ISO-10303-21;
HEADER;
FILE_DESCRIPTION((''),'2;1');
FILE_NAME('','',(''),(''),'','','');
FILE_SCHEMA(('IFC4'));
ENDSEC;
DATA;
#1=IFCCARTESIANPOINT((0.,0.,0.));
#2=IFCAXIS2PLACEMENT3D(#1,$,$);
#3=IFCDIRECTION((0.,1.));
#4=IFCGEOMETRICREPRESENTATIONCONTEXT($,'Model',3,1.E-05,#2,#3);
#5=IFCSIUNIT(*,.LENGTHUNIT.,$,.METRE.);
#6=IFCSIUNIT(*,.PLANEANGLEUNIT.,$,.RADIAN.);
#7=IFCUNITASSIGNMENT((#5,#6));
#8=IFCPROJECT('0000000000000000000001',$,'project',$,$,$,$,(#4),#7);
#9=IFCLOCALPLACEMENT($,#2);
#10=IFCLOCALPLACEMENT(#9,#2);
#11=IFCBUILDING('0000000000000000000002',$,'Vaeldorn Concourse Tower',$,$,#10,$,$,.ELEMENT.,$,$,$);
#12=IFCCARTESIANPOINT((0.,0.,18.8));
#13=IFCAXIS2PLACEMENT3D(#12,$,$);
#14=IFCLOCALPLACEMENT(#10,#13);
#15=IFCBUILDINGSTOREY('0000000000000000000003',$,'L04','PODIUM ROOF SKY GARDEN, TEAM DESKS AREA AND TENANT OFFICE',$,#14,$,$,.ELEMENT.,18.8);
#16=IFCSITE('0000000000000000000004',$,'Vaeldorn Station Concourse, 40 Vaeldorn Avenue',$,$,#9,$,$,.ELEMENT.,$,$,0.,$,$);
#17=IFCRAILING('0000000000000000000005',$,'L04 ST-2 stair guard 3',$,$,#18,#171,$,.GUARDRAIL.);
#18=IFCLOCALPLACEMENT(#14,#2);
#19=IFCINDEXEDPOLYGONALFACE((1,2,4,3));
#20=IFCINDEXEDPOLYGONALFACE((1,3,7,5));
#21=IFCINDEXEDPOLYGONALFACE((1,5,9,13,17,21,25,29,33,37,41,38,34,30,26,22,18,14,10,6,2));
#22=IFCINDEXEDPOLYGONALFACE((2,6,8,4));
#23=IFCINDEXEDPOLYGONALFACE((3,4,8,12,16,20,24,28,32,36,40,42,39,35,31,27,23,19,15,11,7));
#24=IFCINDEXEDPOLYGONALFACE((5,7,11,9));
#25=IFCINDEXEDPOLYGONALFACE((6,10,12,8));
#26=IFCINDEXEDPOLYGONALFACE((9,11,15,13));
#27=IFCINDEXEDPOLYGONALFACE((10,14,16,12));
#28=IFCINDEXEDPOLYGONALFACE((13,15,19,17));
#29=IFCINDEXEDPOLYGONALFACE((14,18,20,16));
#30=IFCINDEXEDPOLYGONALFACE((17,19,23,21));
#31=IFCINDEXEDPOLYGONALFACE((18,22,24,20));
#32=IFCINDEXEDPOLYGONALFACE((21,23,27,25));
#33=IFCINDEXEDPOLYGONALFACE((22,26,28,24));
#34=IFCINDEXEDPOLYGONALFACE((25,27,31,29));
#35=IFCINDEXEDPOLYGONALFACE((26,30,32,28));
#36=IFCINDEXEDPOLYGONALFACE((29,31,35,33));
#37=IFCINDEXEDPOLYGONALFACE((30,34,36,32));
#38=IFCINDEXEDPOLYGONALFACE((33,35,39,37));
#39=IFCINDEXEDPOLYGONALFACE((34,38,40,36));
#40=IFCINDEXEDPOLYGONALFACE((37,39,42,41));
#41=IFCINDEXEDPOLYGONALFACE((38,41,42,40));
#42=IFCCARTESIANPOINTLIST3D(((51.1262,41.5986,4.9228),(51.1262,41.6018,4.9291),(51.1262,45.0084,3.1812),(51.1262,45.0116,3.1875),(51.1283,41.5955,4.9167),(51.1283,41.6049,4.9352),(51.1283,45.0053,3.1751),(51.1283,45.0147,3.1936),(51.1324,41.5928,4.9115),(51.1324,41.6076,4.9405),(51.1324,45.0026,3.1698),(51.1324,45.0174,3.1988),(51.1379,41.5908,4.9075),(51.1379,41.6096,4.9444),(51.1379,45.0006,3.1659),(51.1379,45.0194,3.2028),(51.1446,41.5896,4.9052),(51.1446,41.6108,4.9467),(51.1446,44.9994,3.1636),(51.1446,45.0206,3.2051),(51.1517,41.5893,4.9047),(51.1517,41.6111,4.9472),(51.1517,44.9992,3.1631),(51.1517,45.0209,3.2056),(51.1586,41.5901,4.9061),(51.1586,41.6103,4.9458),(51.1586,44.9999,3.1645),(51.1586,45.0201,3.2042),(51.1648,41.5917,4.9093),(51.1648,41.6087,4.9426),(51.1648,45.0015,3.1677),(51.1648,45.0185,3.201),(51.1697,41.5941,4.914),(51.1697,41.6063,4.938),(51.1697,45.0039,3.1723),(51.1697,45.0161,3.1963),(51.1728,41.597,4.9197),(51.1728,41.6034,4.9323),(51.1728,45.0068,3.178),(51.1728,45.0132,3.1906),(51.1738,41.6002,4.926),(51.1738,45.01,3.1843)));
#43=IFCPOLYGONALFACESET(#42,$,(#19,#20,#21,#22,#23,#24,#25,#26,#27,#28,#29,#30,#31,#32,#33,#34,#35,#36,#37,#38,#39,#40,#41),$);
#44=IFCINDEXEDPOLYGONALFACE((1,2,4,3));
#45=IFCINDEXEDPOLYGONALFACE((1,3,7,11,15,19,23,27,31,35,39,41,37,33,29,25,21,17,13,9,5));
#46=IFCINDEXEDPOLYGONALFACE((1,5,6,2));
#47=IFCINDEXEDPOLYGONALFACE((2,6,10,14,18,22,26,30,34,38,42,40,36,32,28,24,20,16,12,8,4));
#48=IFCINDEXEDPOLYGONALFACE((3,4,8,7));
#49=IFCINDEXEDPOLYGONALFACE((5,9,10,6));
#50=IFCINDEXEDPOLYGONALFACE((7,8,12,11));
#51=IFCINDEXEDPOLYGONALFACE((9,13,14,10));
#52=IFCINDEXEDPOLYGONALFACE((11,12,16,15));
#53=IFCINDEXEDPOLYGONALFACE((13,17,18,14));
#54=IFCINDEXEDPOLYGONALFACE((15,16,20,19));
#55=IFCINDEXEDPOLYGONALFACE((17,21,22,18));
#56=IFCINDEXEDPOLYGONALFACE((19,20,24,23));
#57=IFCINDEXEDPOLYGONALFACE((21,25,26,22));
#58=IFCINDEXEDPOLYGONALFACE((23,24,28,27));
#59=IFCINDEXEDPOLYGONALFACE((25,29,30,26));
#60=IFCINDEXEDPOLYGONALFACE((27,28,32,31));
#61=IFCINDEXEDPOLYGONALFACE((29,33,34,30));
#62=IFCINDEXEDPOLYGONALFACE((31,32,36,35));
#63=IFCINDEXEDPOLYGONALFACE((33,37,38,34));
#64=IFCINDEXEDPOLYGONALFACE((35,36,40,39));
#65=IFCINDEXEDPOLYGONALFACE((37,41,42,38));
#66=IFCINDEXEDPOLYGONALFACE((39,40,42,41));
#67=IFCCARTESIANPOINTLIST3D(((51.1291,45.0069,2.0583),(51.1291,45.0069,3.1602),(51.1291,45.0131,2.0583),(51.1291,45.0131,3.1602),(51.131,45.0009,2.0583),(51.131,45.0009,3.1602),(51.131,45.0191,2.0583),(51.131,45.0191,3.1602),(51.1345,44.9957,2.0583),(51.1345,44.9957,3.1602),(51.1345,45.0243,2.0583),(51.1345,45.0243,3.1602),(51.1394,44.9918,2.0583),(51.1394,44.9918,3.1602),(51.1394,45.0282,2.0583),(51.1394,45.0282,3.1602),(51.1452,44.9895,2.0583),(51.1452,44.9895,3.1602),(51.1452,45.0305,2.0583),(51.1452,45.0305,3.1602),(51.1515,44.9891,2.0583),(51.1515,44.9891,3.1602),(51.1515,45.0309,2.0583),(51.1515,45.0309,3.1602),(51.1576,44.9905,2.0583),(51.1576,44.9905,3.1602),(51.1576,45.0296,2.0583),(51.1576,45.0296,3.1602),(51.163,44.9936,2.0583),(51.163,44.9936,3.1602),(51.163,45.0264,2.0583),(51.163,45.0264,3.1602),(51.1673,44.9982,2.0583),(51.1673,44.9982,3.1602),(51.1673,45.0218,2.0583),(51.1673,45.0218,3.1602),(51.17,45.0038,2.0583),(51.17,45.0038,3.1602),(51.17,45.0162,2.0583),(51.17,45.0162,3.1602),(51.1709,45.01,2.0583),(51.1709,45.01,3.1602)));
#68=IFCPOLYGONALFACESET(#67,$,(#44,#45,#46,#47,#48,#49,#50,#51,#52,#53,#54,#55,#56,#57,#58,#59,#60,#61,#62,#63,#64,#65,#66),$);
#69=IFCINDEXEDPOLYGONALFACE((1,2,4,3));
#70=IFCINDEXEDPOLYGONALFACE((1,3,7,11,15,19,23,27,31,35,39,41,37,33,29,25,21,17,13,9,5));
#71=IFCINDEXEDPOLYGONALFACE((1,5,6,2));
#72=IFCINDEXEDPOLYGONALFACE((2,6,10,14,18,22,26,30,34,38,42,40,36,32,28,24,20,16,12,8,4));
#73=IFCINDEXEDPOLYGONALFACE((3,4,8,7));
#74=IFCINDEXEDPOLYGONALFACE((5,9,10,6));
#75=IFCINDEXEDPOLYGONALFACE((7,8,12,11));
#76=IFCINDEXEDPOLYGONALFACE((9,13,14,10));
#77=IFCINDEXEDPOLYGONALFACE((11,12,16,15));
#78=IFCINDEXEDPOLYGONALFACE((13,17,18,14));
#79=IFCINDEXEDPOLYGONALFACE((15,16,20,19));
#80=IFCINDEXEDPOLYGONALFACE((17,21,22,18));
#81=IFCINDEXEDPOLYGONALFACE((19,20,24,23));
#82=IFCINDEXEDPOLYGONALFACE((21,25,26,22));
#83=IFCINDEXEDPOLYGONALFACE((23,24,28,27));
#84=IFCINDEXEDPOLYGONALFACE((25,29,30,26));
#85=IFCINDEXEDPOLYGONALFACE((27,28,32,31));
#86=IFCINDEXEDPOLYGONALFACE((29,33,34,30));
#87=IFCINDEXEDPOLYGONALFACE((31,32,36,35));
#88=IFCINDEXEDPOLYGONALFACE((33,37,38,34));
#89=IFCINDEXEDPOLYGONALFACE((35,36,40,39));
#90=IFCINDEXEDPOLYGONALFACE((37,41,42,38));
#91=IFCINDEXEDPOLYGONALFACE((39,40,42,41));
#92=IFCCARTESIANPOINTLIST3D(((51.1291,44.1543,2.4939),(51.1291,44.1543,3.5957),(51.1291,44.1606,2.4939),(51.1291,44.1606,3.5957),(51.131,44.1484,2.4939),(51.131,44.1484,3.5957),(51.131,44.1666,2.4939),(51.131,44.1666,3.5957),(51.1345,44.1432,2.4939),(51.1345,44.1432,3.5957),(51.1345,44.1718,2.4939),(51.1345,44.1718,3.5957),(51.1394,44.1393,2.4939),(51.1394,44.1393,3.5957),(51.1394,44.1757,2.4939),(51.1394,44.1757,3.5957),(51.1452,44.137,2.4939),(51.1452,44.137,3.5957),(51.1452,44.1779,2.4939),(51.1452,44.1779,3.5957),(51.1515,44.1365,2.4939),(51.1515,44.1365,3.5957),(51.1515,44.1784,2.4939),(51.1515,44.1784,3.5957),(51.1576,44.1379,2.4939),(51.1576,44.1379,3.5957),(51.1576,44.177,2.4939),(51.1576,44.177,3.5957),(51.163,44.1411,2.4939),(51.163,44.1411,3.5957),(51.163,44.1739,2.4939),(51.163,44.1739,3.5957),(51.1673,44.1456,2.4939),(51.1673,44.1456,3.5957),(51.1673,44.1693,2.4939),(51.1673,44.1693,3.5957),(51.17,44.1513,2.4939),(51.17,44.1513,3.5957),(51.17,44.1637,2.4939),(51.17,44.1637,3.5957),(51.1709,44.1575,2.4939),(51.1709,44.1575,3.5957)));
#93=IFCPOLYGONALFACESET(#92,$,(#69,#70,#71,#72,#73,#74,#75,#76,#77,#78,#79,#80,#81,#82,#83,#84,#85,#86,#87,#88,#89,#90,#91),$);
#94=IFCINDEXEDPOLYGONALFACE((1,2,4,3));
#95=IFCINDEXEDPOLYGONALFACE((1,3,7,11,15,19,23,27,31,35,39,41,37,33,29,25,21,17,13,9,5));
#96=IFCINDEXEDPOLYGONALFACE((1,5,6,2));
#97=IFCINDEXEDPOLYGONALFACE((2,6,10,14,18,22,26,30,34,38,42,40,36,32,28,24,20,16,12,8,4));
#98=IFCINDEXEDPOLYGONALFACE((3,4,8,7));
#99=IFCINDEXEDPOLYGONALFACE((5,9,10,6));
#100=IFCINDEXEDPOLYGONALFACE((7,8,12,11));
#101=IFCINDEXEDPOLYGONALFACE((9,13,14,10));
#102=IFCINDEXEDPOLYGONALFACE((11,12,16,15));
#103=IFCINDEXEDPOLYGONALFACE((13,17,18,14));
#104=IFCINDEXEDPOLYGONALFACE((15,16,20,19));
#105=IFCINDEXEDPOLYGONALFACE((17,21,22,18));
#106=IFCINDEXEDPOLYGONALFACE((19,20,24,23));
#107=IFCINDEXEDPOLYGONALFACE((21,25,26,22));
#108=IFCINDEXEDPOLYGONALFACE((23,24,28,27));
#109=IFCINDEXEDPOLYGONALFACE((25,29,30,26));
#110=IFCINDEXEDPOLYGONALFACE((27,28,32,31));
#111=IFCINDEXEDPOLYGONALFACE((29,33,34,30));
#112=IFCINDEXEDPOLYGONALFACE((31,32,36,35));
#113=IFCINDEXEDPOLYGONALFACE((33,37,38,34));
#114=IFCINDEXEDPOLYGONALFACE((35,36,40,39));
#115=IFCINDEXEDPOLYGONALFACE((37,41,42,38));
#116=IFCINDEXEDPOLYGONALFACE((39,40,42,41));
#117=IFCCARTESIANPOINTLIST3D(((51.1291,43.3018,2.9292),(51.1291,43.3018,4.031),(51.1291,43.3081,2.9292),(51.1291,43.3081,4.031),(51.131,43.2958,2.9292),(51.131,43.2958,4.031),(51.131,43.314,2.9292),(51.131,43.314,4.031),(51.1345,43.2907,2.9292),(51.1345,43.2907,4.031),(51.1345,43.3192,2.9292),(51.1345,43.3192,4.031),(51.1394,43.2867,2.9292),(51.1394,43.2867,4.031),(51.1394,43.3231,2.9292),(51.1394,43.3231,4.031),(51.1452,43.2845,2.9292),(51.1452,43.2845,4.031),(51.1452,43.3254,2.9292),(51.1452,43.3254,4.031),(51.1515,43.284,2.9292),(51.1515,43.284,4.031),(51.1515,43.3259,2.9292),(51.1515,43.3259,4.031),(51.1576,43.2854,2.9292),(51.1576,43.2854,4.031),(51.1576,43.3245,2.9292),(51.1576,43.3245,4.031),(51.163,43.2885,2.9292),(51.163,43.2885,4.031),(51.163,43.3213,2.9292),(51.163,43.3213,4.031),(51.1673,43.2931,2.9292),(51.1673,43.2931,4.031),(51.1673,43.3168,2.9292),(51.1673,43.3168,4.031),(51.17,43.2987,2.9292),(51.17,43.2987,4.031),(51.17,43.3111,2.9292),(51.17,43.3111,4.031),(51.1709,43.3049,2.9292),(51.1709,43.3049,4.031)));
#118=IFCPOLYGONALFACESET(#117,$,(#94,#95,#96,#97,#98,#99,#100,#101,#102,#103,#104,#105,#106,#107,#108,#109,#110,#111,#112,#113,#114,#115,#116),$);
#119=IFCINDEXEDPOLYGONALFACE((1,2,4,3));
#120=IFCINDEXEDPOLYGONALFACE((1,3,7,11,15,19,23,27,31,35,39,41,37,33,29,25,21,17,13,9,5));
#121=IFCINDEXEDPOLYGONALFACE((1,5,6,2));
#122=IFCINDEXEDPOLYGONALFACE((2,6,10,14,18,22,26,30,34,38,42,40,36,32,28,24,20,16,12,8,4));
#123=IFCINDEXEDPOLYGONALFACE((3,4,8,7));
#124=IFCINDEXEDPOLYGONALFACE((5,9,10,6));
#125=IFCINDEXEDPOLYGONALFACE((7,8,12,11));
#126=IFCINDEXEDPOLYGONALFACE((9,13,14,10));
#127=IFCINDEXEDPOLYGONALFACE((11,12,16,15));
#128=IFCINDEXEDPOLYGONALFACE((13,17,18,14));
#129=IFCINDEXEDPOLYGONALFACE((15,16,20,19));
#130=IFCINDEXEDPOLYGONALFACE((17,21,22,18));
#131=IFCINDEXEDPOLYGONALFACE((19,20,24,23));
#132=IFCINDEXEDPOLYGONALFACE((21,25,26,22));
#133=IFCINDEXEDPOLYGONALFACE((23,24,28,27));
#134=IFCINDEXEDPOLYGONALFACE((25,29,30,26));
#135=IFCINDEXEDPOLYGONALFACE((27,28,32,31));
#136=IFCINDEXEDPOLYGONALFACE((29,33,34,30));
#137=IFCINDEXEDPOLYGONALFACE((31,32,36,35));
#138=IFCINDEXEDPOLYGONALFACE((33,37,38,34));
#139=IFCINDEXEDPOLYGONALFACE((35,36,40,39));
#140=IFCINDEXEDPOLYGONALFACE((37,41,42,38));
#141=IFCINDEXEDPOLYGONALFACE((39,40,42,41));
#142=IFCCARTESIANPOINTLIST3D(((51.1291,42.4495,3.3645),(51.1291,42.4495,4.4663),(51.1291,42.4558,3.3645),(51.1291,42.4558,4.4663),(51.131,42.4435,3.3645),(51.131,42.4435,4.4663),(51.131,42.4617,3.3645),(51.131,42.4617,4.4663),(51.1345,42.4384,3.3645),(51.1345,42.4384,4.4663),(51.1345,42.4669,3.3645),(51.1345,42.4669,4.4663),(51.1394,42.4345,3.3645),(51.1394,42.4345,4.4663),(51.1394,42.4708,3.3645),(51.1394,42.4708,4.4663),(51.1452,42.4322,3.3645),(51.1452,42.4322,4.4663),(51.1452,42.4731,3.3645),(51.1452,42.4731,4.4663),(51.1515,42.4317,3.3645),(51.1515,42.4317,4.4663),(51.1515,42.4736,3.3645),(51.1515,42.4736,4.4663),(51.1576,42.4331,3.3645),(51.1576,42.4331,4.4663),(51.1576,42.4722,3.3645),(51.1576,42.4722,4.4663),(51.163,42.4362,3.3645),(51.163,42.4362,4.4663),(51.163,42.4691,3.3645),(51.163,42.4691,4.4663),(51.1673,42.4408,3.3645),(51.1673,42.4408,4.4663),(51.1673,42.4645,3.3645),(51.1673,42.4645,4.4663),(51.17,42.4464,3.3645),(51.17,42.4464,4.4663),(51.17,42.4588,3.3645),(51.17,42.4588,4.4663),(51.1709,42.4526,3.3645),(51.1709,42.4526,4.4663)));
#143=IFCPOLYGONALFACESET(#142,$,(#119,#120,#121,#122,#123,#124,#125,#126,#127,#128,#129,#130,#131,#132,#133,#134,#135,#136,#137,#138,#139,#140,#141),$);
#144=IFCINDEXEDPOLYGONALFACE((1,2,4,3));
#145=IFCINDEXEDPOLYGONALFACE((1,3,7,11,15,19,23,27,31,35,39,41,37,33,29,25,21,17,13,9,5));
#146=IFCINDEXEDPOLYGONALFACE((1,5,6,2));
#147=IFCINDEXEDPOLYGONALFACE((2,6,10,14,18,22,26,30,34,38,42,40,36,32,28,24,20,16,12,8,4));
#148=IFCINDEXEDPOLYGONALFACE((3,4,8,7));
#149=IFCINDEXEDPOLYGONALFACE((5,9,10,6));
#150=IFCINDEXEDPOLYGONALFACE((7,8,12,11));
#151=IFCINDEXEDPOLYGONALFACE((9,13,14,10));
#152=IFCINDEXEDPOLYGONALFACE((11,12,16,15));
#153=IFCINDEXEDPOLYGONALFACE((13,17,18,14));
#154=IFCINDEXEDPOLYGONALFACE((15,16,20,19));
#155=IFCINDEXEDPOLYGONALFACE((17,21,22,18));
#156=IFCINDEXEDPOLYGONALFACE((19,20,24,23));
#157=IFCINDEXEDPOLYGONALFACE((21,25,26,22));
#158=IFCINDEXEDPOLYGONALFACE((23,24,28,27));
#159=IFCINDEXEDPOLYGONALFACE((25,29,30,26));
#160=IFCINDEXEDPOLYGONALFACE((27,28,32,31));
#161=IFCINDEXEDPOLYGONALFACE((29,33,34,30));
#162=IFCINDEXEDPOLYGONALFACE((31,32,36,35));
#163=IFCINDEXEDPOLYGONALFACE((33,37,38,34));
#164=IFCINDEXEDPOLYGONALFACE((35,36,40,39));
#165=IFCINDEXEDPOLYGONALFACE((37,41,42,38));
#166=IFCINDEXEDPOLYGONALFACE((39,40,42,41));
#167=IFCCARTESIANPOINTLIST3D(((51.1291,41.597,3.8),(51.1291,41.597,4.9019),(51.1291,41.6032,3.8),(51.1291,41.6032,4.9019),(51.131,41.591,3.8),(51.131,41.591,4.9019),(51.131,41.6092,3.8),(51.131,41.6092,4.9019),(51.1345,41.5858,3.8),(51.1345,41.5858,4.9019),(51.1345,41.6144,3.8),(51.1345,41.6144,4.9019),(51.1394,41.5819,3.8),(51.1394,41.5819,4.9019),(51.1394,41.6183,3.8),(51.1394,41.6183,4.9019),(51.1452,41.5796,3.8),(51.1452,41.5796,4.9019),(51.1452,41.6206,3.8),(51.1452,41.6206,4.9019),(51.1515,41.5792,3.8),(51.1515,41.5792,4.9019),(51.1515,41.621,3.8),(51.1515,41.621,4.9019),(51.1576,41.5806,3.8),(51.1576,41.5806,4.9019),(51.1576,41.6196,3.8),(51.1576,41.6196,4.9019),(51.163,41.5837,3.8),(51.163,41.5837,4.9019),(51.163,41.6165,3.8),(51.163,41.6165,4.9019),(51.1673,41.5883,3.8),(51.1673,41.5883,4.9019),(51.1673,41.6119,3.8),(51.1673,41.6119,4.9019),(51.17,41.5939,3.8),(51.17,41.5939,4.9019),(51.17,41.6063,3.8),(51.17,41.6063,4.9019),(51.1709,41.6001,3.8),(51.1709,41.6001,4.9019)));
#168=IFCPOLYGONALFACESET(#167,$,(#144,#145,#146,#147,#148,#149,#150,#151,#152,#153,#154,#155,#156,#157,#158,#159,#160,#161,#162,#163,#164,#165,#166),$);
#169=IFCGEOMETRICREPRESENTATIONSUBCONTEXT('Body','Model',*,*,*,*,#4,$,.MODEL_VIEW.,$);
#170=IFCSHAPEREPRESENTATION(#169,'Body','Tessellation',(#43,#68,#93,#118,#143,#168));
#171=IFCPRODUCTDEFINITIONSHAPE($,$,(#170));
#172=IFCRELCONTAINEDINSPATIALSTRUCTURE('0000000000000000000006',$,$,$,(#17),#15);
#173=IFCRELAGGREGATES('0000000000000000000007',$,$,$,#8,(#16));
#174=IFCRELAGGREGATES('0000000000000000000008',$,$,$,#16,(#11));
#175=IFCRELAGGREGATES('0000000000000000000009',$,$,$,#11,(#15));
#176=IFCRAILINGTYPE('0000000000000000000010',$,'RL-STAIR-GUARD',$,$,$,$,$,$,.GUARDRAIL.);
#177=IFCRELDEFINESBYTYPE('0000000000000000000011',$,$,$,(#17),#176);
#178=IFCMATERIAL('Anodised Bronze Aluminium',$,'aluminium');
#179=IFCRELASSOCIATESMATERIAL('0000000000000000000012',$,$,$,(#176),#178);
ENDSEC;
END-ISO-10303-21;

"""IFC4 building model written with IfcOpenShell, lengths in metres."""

from ifc_helpers import new_model, si_unit, direction, frame, origin, origin_2d, place, context, subcontext, project, spatial, circle, extrude, material, type_object, element, save


model = new_model("IFC4")

# Units and contexts
model_context = context("Model", 3, precision=1e-05, world=origin(), true_north=direction((0.0, 1.0)))
body_context = subcontext(model_context, "Body", "Model", "MODEL_VIEW")
ifc_project = project(units=[si_unit("LENGTHUNIT", "METRE"), si_unit("PLANEANGLEUNIT", "RADIAN")], contexts=[model_context])

# Site, building, storey
site_placement = place(None, origin())
site = spatial("IfcSite", under=ifc_project, at=site_placement, Name="Vaeldorn Station Concourse, 40 Vaeldorn Avenue", CompositionType="ELEMENT", RefElevation=0.0)
building_placement = place(site_placement, origin())
building = spatial("IfcBuilding", under=site, at=building_placement, Name="Vaeldorn Concourse Tower", CompositionType="ELEMENT")
storey_placement = place(building_placement, frame((0.0, 0.0, 18.8)))
storey = spatial("IfcBuildingStorey", under=building, at=storey_placement, Name="L04", Description="PODIUM ROOF SKY GARDEN, TEAM DESKS AREA AND TENANT OFFICE", CompositionType="ELEMENT", Elevation=18.8)

# Shared definitions
ifc_material_1 = material(Name="Anodised Bronze Aluminium", Category="aluminium")

# Railing
railing_type_1 = type_object("IfcRailingType", Name="RL-STAIR-GUARD", PredefinedType="GUARDRAIL", material=ifc_material_1)
railing_1_placement = place(storey_placement, frame((51.1499, 45.01, 2.0583)))
element("IfcRailing", 1, at=railing_1_placement, inside=storey, type_object=railing_type_1, Name="L04 ST-2 stair guard 3", PredefinedType="GUARDRAIL", context=body_context, shape_type="SweptSolid", body=[
    extrude(circle(Radius=0.0239, at=origin_2d()), frame((0.0, 0.0, 1.126), z_axis=(0.0, -0.890556, 0.454874), x_axis=(1.0, 0.0, 0.0)), (0.0, 0.0, 1.0), 3.8289),
    extrude(circle(Radius=0.021, at=origin_2d()), origin(), (0.0, 0.0, 1.0), 1.1018),
    extrude(circle(Radius=0.021, at=origin_2d()), frame((0.0, -0.8525, 0.4355)), (0.0, 0.0, 1.0), 1.1018),
    extrude(circle(Radius=0.021, at=origin_2d()), frame((0.0, -1.7051, 0.8708)), (0.0, 0.0, 1.0), 1.1018),
    extrude(circle(Radius=0.021, at=origin_2d()), frame((0.0, -2.5574, 1.3062)), (0.0, 0.0, 1.0), 1.1018),
    extrude(circle(Radius=0.021, at=origin_2d()), frame((0.0, -3.4099, 1.7417)), (0.0, 0.0, 1.0), 1.1018),
])

save(model, "model.ifc")
